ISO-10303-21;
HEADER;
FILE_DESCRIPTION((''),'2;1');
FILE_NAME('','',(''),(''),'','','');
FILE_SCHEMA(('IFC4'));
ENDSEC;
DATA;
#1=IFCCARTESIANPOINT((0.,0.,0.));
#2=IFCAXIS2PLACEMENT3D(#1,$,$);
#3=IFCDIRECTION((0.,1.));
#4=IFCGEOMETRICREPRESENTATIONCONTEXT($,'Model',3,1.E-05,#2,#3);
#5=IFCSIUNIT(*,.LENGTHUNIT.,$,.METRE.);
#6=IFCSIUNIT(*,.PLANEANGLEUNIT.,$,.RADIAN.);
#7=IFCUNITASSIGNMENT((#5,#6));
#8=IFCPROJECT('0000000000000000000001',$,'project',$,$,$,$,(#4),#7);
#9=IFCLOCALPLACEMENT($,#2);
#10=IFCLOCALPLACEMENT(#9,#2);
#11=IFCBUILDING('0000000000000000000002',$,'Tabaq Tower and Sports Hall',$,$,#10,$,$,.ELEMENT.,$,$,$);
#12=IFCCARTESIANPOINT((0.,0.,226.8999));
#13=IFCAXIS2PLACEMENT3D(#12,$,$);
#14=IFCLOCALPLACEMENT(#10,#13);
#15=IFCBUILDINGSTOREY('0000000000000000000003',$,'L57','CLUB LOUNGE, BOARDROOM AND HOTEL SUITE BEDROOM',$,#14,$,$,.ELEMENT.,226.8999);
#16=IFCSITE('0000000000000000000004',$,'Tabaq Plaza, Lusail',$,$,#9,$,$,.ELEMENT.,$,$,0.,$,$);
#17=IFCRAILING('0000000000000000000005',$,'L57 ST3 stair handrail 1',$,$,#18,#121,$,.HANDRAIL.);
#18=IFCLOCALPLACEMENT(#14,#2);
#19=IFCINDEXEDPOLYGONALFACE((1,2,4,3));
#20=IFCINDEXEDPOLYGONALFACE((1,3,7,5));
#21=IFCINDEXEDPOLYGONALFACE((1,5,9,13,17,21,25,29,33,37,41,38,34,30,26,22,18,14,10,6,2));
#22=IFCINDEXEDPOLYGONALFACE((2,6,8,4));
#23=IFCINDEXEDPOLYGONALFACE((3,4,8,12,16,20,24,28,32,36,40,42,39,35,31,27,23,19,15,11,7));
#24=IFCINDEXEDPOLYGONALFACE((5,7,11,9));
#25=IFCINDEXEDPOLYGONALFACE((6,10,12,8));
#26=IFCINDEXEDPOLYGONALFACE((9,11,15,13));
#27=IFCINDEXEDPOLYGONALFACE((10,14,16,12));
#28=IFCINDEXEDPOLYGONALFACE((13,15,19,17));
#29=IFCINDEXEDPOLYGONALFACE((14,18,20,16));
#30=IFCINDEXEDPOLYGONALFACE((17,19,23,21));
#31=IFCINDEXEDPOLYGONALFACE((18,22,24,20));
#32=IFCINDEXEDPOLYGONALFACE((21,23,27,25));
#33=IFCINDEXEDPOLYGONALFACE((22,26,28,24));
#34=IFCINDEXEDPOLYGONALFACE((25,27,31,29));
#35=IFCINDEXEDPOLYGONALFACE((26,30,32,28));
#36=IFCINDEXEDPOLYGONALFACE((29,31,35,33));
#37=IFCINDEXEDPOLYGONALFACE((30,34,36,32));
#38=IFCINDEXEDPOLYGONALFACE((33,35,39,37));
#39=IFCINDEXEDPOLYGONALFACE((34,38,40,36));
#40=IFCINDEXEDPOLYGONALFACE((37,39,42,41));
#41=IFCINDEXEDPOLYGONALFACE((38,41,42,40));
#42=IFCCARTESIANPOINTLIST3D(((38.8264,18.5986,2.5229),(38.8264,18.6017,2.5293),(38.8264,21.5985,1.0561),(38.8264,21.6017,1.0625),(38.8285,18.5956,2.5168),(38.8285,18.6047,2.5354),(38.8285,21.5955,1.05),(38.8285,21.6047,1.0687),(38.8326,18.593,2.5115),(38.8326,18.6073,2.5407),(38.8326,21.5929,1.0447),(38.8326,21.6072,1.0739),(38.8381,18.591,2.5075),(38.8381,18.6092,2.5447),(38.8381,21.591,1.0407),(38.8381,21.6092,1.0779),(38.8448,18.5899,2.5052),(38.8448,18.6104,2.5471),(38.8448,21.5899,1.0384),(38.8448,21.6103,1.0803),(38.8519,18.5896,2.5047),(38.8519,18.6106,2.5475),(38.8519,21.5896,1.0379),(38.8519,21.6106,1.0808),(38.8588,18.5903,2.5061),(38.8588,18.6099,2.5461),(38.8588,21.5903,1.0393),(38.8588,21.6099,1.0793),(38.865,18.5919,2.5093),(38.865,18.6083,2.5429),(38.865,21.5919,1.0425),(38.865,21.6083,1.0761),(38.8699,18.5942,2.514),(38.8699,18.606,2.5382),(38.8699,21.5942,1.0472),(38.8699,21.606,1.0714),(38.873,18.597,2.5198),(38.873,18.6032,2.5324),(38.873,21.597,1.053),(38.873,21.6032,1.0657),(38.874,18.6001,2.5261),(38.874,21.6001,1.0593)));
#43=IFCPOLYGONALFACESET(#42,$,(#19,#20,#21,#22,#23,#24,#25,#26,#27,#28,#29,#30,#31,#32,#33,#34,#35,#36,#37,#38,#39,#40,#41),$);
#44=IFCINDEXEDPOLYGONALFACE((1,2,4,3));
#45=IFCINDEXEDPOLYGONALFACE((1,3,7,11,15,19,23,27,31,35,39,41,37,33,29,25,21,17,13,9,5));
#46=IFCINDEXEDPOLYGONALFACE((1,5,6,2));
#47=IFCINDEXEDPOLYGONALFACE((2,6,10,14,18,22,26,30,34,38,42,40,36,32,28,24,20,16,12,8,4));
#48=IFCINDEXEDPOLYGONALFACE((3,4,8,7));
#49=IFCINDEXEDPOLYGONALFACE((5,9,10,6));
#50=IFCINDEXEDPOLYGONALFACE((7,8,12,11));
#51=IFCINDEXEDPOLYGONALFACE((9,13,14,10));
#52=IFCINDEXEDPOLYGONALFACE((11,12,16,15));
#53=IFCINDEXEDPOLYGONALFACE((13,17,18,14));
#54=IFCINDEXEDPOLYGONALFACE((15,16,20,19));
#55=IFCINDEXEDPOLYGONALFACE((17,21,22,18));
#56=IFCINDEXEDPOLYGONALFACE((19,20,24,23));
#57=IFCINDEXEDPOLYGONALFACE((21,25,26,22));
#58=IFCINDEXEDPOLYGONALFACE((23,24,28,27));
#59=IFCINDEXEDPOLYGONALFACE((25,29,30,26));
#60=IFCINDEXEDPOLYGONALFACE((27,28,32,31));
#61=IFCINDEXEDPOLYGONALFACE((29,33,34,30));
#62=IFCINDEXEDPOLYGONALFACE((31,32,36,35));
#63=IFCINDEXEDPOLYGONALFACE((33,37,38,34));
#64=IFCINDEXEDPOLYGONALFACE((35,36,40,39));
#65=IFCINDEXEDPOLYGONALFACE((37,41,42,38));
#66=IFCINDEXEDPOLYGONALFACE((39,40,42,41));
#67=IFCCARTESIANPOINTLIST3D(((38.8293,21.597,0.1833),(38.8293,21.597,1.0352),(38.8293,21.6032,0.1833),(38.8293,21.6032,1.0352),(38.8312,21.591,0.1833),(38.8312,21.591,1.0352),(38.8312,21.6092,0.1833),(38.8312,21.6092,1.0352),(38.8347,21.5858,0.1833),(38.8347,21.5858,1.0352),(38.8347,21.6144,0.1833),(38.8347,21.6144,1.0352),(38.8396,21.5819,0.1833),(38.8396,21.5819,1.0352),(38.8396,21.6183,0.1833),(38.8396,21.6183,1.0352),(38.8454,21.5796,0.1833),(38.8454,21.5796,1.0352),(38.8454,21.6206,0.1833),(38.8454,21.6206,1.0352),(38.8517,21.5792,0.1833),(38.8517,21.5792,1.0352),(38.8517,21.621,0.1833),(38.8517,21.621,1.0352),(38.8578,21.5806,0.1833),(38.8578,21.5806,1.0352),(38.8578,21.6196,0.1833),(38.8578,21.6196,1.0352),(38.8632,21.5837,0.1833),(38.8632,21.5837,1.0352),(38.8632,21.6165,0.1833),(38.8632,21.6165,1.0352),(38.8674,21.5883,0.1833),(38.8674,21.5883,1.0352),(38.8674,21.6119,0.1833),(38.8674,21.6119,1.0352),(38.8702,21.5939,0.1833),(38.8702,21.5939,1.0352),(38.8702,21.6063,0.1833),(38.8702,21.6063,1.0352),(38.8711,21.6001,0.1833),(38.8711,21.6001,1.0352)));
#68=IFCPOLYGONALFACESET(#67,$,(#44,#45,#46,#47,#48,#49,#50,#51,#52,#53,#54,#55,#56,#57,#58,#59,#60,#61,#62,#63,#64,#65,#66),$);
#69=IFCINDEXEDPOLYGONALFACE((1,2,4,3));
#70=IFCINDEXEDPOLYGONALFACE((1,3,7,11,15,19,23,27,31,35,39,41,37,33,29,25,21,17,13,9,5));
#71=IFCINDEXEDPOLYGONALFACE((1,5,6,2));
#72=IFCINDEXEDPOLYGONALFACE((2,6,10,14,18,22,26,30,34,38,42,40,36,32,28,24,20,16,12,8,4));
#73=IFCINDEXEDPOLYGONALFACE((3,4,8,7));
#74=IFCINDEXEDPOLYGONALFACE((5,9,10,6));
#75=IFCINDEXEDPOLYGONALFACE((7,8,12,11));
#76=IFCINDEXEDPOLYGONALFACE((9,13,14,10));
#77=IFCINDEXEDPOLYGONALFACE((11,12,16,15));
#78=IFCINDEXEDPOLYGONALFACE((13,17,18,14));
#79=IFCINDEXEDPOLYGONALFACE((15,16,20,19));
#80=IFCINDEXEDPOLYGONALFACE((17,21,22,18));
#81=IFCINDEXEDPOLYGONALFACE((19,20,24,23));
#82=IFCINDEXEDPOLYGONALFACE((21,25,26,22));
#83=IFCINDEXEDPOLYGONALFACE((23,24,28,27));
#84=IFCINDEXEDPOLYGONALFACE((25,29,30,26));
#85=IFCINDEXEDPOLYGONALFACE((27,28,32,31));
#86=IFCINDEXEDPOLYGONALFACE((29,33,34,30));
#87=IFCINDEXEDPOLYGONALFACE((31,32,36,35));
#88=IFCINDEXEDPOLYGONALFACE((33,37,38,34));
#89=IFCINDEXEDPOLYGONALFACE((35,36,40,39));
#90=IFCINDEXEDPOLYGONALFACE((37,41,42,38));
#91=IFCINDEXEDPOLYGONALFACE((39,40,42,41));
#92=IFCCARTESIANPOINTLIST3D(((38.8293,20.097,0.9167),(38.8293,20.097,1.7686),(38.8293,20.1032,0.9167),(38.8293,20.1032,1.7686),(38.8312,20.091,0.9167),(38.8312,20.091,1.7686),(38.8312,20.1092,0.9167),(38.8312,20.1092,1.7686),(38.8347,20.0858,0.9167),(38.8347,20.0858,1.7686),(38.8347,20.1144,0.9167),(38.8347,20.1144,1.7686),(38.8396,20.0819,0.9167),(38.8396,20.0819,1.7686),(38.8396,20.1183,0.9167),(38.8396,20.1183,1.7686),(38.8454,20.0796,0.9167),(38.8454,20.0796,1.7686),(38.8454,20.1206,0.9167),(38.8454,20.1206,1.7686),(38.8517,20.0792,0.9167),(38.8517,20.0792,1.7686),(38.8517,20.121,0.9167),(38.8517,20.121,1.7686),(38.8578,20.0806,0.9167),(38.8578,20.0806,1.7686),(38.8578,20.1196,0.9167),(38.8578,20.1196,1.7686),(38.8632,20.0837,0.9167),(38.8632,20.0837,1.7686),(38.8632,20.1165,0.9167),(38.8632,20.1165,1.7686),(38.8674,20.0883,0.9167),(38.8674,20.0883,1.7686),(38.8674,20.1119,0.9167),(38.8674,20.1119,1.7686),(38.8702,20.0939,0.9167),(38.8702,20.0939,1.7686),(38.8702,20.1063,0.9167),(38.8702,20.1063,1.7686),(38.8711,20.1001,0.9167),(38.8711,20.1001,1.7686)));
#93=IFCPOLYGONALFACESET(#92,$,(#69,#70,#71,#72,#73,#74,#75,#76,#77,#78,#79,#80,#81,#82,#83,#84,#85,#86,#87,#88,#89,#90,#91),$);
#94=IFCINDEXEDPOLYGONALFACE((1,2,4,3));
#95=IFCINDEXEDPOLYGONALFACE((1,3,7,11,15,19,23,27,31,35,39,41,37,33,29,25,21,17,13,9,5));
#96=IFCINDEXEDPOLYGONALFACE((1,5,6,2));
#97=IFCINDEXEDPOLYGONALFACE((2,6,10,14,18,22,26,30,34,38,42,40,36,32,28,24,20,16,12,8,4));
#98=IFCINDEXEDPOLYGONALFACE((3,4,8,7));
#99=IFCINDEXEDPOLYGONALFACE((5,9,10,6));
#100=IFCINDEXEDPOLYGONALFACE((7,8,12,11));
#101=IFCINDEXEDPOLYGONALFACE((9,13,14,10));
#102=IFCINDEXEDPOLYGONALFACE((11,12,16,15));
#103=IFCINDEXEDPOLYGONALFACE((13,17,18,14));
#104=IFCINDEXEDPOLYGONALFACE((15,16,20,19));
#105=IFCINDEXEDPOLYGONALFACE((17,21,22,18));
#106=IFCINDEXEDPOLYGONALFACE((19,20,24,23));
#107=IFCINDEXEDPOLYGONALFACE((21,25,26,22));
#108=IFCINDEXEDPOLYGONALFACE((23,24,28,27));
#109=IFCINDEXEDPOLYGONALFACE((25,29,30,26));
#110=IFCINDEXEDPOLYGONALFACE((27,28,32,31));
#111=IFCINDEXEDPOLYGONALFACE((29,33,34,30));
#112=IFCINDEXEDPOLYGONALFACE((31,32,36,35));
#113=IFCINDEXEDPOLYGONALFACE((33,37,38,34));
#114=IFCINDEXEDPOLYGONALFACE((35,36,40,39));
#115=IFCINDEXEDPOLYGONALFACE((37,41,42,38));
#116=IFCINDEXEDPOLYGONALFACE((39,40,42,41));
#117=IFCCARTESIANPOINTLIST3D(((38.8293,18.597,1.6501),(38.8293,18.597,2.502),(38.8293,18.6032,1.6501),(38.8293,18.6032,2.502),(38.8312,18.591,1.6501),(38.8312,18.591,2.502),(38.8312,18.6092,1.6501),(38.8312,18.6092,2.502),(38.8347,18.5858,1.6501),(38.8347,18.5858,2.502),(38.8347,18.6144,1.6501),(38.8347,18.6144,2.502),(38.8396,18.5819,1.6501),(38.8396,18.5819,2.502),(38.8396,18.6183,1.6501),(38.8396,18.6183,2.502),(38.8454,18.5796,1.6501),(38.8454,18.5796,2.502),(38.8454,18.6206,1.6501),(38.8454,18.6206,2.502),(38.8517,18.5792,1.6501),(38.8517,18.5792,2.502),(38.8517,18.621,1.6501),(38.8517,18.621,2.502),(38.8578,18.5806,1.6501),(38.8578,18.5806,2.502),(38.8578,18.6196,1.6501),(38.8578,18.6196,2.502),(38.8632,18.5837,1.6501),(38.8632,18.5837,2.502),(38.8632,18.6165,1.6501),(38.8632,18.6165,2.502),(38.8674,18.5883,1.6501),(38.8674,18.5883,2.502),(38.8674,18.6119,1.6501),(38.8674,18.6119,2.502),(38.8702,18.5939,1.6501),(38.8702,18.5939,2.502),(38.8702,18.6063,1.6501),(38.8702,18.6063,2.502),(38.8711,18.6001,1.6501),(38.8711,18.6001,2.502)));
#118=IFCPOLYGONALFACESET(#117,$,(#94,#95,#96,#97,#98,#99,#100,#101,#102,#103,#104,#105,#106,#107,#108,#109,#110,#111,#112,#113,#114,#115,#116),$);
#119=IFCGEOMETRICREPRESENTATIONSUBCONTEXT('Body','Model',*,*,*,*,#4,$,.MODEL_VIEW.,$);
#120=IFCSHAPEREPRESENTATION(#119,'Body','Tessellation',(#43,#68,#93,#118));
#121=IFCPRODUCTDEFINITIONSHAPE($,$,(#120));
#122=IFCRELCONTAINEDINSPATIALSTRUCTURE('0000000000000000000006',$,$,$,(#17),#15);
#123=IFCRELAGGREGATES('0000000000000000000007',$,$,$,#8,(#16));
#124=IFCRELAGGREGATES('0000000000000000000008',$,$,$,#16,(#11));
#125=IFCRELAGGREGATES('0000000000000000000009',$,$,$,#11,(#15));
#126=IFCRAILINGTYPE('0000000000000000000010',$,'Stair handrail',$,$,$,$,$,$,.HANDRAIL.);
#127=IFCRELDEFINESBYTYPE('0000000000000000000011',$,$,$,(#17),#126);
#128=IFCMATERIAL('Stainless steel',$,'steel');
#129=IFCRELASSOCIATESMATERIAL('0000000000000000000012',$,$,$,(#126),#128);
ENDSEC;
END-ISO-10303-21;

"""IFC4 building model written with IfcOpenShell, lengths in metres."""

from ifc_helpers import new_model, si_unit, direction, frame, origin, origin_2d, place, context, subcontext, project, spatial, circle, extrude, material, type_object, element, save


model = new_model("IFC4")

# Units and contexts
model_context = context("Model", 3, precision=1e-05, world=origin(), true_north=direction((0.0, 1.0)))
body_context = subcontext(model_context, "Body", "Model", "MODEL_VIEW")
ifc_project = project(units=[si_unit("LENGTHUNIT", "METRE"), si_unit("PLANEANGLEUNIT", "RADIAN")], contexts=[model_context])

# Site, building, storey
site_placement = place(None, origin())
site = spatial("IfcSite", under=ifc_project, at=site_placement, Name="Tabaq Plaza, Lusail", CompositionType="ELEMENT", RefElevation=0.0)
building_placement = place(site_placement, origin())
building = spatial("IfcBuilding", under=site, at=building_placement, Name="Tabaq Tower and Sports Hall", CompositionType="ELEMENT")
storey_placement = place(building_placement, frame((0.0, 0.0, 226.8999)))
storey = spatial("IfcBuildingStorey", under=building, at=storey_placement, Name="L57", Description="CLUB LOUNGE, BOARDROOM AND HOTEL SUITE BEDROOM", CompositionType="ELEMENT", Elevation=226.8999)

# Railing
ifc_material_1 = material(Name="Stainless steel", Category="steel")
railing_type_1 = type_object("IfcRailingType", Name="Stair handrail", PredefinedType="HANDRAIL", material=ifc_material_1)
railing_1_placement = place(storey_placement, frame((38.8501, 21.6001, 0.1833)))
element("IfcRailing", 1, at=railing_1_placement, inside=storey, type_object=railing_type_1, Name="L57 ST3 stair handrail 1", PredefinedType="HANDRAIL", context=body_context, shape_type="SweptSolid", body=[
    extrude(circle(Radius=0.0239, at=origin_2d()), frame((0.0, 0.0, 0.876), z_axis=(0.0, -0.898369, 0.439242), x_axis=(1.0, 0.0, 0.0)), (0.0, 0.0, 1.0), 3.3394),
    extrude(circle(Radius=0.021, at=origin_2d()), origin(), (0.0, 0.0, 1.0), 0.8518),
    extrude(circle(Radius=0.021, at=origin_2d()), frame((0.0, -1.5, 0.7334)), (0.0, 0.0, 1.0), 0.8518),
    extrude(circle(Radius=0.021, at=origin_2d()), frame((0.0, -3.0, 1.4668)), (0.0, 0.0, 1.0), 0.8518),
])

save(model, "model.ifc")
